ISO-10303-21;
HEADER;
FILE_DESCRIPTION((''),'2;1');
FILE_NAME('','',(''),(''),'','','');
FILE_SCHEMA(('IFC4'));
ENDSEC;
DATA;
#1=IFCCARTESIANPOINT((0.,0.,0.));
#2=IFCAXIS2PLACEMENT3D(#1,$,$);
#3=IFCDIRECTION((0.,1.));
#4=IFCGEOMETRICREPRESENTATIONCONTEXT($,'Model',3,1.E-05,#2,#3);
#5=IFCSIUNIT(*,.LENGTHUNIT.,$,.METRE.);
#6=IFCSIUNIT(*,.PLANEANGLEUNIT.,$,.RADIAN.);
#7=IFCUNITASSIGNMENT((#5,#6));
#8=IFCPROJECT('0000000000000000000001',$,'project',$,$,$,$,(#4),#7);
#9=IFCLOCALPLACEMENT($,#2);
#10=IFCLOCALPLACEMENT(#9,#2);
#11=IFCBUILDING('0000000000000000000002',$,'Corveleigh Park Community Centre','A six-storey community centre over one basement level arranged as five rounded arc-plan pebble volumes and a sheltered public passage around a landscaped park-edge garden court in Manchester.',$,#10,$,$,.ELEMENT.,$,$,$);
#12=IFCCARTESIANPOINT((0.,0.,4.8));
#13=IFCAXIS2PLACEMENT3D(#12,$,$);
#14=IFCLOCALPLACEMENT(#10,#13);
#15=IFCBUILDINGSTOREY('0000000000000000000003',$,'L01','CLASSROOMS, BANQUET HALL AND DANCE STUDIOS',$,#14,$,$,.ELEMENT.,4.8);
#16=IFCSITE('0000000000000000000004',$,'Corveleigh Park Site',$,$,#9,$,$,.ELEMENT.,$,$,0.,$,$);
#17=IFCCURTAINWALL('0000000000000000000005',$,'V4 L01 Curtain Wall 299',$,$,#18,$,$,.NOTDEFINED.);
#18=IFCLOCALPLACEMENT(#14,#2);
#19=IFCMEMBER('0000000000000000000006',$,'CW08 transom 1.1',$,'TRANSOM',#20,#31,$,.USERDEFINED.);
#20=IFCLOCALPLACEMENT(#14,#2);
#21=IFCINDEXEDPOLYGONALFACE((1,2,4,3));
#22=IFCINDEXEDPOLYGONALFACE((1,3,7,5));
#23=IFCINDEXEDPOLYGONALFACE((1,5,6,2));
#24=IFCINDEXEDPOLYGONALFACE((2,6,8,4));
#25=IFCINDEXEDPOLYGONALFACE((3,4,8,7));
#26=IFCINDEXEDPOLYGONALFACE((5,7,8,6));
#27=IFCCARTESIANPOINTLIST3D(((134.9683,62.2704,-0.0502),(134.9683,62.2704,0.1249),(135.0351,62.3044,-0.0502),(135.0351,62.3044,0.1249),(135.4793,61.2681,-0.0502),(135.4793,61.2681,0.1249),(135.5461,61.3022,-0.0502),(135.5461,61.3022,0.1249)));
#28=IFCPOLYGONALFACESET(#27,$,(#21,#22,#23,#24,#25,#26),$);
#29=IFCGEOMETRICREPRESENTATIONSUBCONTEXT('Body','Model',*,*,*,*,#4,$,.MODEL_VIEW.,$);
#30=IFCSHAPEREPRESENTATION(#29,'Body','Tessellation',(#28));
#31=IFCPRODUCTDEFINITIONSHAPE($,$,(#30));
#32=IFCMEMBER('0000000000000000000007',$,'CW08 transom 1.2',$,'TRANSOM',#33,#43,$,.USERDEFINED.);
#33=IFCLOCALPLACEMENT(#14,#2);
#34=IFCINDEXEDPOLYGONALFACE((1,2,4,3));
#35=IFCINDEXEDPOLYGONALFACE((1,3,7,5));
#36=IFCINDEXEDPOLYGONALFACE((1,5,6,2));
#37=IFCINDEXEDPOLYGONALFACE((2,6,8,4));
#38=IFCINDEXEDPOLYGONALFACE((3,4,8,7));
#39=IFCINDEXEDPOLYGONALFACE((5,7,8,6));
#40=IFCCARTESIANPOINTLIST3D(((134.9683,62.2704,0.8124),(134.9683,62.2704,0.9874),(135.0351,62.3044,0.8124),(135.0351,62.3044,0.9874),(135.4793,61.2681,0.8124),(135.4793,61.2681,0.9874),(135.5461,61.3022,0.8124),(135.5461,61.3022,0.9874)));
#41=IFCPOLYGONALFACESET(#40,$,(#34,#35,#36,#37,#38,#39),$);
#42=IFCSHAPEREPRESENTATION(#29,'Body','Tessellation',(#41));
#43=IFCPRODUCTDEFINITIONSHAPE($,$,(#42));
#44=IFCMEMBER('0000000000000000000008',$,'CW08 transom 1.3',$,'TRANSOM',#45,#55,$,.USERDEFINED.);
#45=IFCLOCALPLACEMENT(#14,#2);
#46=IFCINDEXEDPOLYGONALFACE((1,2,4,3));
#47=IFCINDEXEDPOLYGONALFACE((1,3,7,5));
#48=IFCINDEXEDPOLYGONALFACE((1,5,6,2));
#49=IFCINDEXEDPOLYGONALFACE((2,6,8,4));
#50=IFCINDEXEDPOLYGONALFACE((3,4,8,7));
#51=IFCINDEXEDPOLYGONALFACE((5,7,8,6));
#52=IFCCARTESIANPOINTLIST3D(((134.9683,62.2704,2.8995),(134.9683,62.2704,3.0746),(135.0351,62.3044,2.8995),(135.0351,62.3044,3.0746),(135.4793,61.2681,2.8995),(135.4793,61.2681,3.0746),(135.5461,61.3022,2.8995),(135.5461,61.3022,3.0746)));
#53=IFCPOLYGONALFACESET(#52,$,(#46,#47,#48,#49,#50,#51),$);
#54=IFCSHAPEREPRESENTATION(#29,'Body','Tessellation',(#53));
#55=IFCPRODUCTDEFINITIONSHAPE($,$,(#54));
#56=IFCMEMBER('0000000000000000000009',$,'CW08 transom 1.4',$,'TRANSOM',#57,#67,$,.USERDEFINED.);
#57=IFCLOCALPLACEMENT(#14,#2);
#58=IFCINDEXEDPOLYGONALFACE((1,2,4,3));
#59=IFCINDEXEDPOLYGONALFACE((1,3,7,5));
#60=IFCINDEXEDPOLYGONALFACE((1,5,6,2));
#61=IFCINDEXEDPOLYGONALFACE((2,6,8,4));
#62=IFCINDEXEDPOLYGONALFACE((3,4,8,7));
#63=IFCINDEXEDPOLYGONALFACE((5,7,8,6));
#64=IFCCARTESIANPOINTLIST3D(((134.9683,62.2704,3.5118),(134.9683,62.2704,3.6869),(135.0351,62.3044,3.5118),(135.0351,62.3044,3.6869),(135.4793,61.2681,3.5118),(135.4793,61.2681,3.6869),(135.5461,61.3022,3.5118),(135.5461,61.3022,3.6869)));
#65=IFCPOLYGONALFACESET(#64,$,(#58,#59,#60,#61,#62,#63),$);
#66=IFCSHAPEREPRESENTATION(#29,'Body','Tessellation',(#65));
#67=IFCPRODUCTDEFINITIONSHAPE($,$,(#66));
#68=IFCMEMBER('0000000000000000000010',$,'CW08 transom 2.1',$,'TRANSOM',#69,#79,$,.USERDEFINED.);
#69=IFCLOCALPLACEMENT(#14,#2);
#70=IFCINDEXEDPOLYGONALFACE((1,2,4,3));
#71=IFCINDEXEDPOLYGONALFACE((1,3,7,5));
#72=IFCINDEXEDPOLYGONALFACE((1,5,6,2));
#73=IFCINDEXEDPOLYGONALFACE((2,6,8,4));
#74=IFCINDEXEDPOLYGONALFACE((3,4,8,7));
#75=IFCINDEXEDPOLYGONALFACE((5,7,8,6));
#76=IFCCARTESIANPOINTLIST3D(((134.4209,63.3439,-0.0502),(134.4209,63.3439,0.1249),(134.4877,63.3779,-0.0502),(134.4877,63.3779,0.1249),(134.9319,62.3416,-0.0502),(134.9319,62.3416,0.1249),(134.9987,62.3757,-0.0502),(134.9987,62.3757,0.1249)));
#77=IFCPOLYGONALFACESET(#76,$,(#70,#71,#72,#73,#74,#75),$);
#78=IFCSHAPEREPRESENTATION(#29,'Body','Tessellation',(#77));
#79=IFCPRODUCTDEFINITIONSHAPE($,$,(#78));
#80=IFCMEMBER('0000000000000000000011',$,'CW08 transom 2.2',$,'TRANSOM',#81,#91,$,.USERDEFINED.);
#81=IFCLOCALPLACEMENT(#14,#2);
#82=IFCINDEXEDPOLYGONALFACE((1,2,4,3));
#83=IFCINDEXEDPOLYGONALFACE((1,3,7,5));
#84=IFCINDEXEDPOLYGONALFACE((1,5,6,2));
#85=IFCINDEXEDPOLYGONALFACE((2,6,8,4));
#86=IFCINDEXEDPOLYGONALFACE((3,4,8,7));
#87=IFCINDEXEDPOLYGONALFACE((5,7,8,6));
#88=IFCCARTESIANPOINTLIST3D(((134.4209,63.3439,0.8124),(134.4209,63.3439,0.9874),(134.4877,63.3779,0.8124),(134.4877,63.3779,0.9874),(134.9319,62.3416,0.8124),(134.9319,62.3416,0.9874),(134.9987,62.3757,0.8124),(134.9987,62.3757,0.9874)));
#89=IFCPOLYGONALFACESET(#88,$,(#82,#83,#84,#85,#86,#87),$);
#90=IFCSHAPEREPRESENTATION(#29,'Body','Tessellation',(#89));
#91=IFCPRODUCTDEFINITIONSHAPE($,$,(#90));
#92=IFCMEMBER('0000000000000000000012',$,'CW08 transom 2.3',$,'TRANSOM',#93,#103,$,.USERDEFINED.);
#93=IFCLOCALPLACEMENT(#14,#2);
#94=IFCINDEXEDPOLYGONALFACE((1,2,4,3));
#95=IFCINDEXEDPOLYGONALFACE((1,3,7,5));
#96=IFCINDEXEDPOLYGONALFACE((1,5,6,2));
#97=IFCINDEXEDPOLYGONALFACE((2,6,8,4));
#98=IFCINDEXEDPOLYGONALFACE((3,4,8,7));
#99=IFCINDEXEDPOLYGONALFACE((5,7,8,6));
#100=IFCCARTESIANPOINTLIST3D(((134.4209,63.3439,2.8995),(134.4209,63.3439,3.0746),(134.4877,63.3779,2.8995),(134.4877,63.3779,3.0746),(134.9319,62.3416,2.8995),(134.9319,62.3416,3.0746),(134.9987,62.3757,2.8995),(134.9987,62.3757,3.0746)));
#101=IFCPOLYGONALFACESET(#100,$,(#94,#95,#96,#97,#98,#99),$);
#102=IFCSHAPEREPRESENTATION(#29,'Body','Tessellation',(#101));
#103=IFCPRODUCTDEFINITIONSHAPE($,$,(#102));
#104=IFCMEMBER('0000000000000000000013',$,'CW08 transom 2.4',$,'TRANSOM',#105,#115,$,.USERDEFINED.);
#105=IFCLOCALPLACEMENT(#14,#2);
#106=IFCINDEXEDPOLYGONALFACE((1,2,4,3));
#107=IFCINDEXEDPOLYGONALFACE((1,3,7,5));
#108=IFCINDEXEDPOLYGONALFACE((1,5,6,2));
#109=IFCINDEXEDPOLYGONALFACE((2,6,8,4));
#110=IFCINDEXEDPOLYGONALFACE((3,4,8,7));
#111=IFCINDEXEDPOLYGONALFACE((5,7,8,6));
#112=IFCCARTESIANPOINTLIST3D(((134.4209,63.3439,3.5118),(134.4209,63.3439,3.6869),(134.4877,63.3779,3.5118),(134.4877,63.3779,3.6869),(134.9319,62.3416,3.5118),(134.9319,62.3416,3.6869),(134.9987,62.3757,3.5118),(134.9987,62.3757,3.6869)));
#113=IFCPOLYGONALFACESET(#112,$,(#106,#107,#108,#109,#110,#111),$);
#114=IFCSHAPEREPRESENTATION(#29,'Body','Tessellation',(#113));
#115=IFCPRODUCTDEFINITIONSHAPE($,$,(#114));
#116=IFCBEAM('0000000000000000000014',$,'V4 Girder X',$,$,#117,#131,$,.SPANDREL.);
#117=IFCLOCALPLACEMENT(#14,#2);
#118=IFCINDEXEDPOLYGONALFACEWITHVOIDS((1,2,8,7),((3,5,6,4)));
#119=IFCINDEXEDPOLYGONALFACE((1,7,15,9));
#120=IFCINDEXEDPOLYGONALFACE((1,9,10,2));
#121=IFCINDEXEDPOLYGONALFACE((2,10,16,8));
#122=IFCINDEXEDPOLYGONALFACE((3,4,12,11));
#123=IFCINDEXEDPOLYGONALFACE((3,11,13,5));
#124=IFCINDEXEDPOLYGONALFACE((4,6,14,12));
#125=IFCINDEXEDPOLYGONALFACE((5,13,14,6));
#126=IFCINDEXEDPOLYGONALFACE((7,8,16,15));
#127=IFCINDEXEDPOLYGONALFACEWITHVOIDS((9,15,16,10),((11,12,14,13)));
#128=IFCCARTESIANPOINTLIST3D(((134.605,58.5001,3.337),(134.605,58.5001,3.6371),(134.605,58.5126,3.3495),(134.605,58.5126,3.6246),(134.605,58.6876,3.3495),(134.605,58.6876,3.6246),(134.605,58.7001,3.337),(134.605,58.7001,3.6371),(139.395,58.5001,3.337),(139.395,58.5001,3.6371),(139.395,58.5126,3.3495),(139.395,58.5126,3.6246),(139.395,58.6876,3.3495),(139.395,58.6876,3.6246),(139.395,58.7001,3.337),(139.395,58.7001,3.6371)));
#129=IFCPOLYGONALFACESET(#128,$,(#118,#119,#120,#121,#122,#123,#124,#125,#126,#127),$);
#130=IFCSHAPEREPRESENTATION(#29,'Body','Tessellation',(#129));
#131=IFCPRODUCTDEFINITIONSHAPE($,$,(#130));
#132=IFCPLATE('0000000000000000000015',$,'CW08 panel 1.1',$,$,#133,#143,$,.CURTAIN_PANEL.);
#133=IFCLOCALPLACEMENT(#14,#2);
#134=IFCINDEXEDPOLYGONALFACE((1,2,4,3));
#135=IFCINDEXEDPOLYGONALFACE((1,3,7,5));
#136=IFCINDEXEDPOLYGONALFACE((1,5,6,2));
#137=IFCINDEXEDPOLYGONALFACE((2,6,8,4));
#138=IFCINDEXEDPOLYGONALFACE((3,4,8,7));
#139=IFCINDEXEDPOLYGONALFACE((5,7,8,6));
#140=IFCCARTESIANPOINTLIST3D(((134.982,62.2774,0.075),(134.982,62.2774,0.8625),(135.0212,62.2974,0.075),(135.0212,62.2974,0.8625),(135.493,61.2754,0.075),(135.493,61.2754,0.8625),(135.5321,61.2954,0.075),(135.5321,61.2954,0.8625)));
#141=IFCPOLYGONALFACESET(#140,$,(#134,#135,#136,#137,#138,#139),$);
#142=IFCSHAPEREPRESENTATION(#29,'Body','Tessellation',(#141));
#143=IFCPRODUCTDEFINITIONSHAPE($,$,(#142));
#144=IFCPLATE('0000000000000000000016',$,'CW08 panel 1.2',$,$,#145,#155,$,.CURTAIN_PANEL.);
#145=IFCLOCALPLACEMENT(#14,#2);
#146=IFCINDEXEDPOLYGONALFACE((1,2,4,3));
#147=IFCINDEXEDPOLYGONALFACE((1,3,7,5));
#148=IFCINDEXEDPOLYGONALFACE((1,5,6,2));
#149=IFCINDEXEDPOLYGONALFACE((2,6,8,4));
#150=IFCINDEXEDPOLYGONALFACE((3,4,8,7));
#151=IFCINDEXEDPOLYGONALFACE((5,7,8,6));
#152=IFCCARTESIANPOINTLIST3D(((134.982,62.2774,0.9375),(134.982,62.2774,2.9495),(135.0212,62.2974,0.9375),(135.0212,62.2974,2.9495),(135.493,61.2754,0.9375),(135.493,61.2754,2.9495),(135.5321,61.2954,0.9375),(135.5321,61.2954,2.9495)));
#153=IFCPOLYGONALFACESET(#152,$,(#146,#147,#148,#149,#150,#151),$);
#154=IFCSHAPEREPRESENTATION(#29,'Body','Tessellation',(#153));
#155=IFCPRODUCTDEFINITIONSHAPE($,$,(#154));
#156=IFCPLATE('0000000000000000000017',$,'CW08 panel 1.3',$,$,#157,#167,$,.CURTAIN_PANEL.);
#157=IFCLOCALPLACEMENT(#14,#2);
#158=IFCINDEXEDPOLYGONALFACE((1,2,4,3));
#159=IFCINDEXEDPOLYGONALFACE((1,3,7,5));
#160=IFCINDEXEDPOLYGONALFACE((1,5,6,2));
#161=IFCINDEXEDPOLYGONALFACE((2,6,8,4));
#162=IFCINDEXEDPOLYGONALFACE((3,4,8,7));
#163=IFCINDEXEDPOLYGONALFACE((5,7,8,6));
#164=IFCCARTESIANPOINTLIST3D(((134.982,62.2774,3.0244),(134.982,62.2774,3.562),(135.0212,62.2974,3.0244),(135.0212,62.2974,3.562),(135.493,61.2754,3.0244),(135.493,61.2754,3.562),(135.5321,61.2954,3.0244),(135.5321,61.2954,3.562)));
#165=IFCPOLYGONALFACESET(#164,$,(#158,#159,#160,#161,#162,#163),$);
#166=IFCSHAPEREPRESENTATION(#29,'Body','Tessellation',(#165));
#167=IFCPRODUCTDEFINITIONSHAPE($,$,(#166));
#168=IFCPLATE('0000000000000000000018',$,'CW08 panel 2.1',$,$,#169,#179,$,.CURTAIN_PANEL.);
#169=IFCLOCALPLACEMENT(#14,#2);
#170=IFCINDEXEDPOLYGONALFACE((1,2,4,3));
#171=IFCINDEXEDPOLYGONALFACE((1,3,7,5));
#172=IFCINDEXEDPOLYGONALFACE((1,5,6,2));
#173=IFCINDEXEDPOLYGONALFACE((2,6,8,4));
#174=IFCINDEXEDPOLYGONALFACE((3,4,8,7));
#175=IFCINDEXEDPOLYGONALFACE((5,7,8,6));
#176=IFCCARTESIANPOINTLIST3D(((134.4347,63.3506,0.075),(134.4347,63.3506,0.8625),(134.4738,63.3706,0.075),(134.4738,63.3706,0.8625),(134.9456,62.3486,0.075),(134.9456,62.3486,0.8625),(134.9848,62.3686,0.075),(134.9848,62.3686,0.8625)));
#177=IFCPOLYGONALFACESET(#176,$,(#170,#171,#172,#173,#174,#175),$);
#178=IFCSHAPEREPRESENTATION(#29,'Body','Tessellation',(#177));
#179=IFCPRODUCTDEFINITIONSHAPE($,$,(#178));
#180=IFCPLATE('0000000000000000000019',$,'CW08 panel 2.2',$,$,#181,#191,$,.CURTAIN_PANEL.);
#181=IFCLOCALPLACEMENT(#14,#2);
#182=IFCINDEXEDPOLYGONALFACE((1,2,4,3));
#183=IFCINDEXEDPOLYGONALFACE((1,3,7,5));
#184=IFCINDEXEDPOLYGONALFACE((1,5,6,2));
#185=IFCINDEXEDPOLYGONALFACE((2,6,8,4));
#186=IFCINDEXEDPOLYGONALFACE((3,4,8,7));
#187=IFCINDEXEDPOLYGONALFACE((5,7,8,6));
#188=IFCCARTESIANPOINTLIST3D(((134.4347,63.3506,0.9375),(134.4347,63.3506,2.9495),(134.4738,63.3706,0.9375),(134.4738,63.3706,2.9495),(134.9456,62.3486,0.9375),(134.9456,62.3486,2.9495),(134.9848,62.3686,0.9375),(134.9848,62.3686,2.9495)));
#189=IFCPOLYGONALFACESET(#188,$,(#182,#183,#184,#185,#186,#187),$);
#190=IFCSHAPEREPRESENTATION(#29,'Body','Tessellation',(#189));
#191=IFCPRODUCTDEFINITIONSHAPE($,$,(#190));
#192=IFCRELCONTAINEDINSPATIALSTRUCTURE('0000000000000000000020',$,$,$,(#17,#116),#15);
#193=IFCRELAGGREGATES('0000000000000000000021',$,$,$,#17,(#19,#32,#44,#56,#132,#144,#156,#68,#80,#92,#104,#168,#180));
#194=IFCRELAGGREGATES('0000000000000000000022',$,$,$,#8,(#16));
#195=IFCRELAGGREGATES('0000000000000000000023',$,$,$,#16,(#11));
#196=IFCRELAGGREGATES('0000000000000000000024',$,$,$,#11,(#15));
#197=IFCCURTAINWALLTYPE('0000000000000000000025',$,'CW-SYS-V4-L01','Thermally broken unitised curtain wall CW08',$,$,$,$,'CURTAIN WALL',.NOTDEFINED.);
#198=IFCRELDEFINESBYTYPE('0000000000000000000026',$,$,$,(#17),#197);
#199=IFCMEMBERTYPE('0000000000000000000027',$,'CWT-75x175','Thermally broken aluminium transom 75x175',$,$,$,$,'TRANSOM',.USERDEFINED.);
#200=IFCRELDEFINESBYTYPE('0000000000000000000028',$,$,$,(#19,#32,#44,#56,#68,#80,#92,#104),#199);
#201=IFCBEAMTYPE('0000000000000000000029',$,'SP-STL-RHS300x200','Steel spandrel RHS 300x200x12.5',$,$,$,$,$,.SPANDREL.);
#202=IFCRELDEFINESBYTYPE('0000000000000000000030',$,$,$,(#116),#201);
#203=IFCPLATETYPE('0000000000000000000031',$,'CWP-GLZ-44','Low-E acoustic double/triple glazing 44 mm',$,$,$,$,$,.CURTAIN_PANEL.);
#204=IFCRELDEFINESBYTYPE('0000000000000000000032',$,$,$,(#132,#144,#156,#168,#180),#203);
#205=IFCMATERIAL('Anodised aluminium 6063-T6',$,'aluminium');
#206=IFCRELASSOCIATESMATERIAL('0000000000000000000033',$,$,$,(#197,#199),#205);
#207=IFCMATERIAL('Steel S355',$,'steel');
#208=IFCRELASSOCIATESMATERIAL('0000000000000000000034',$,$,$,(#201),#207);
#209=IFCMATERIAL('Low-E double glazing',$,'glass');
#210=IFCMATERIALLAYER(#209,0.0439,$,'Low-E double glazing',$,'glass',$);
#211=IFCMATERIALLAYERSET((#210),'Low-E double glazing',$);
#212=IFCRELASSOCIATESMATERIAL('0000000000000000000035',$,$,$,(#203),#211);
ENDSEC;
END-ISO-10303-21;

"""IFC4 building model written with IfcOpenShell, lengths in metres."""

from ifc_helpers import new_model, si_unit, direction, frame, origin, origin_2d, place, context, subcontext, project, spatial, rectangle, hollow_rectangle, extrude, material, layer, layer_set, material_profile, profile_set, type_object, element, aggregate, save


model = new_model("IFC4")

# Units and contexts
model_context = context("Model", 3, precision=1e-05, world=origin(), true_north=direction((0.0, 1.0)))
body_context = subcontext(model_context, "Body", "Model", "MODEL_VIEW")
ifc_project = project(units=[si_unit("LENGTHUNIT", "METRE"), si_unit("PLANEANGLEUNIT", "RADIAN")], contexts=[model_context])

# Site, building, storey
site_placement = place(None, origin())
site = spatial("IfcSite", under=ifc_project, at=site_placement, Name="Corveleigh Park Site", CompositionType="ELEMENT", RefElevation=0.0)
building_placement = place(site_placement, origin())
building = spatial("IfcBuilding", under=site, at=building_placement, Name="Corveleigh Park Community Centre", Description="A six-storey community centre over one basement level arranged as five rounded arc-plan pebble volumes and a sheltered public passage around a landscaped park-edge garden court in Manchester.", CompositionType="ELEMENT")
storey_placement = place(building_placement, frame((0.0, 0.0, 4.8)))
storey = spatial("IfcBuildingStorey", under=building, at=storey_placement, Name="L01", Description="CLASSROOMS, BANQUET HALL AND DANCE STUDIOS", CompositionType="ELEMENT", Elevation=4.8)

# Shared definitions
ifc_material_1 = material(Name="Steel S355", Category="steel")

# Curtain wall
ifc_material_2 = material(Name="Anodised aluminium 6063-T6", Category="aluminium")
curtain_wall_type = type_object("IfcCurtainWallType", Name="CW-SYS-V4-L01", Description="Thermally broken unitised curtain wall CW08", ElementType="CURTAIN WALL", PredefinedType="NOTDEFINED", material=ifc_material_2)
curtain_wall_1_placement = place(storey_placement, origin())
curtain_wall_1 = element("IfcCurtainWall", 1, at=curtain_wall_1_placement, inside=storey, type_object=curtain_wall_type, Name="V4 L01 Curtain Wall 299", PredefinedType="NOTDEFINED")

# Members
ifc_material_profile_1 = material_profile(ifc_material_2, rectangle(XDim=0.075, YDim=0.175, at=origin_2d()), Name="ALU-T75x175", Category="aluminium")
ifc_profile_set_1 = profile_set([ifc_material_profile_1], Name="Anodised aluminium 6063-T6")
member_type_1 = type_object("IfcMemberType", Name="CWT-75x175", Description="Thermally broken aluminium transom 75x175", ElementType="TRANSOM", PredefinedType="USERDEFINED", material=ifc_profile_set_1)
member_1_placement = place(storey_placement, frame((135.5127, 61.2852, 0.0374), z_axis=(-0.454231, 0.890884, 0.0), x_axis=(-0.890884, -0.454231, 0.0)))
member_1 = element("IfcMember", 2, at=member_1_placement, type_object=member_type_1, Name="CW08 transom 1.1", ObjectType="TRANSOM", PredefinedType="USERDEFINED", context=body_context, shape_type="SweptSolid", body=[
    extrude(rectangle(XDim=0.075, YDim=0.175, at=origin_2d()), origin(), (0.0, 0.0, 1.0), 1.125),
])
member_2_placement = place(storey_placement, frame((135.5127, 61.2852, 0.8999), z_axis=(-0.454231, 0.890884, 0.0), x_axis=(-0.890884, -0.454231, 0.0)))
member_2 = element("IfcMember", 3, at=member_2_placement, type_object=member_type_1, Name="CW08 transom 1.2", ObjectType="TRANSOM", PredefinedType="USERDEFINED", context=body_context, shape_type="SweptSolid", body=[
    extrude(rectangle(XDim=0.075, YDim=0.175, at=origin_2d()), origin(), (0.0, 0.0, 1.0), 1.125),
])
member_3_placement = place(storey_placement, frame((135.5127, 61.2852, 2.9871), z_axis=(-0.454231, 0.890884, 0.0), x_axis=(-0.890884, -0.454231, 0.0)))
member_3 = element("IfcMember", 4, at=member_3_placement, type_object=member_type_1, Name="CW08 transom 1.3", ObjectType="TRANSOM", PredefinedType="USERDEFINED", context=body_context, shape_type="SweptSolid", body=[
    extrude(rectangle(XDim=0.075, YDim=0.175, at=origin_2d()), origin(), (0.0, 0.0, 1.0), 1.125),
])
member_4_placement = place(storey_placement, frame((135.5127, 61.2852, 3.5994), z_axis=(-0.454231, 0.890884, 0.0), x_axis=(-0.890884, -0.454231, 0.0)))
member_4 = element("IfcMember", 5, at=member_4_placement, type_object=member_type_1, Name="CW08 transom 1.4", ObjectType="TRANSOM", PredefinedType="USERDEFINED", context=body_context, shape_type="SweptSolid", body=[
    extrude(rectangle(XDim=0.075, YDim=0.175, at=origin_2d()), origin(), (0.0, 0.0, 1.0), 1.125),
])
member_5_placement = place(storey_placement, frame((134.9653, 62.3586, 0.0374), z_axis=(-0.454231, 0.890884, 0.0), x_axis=(-0.890884, -0.454231, 0.0)))
member_5 = element("IfcMember", 6, at=member_5_placement, type_object=member_type_1, Name="CW08 transom 2.1", ObjectType="TRANSOM", PredefinedType="USERDEFINED", context=body_context, shape_type="SweptSolid", body=[
    extrude(rectangle(XDim=0.075, YDim=0.175, at=origin_2d()), origin(), (0.0, 0.0, 1.0), 1.125),
])
member_6_placement = place(storey_placement, frame((134.9653, 62.3586, 0.8999), z_axis=(-0.454231, 0.890884, 0.0), x_axis=(-0.890884, -0.454231, 0.0)))
member_6 = element("IfcMember", 7, at=member_6_placement, type_object=member_type_1, Name="CW08 transom 2.2", ObjectType="TRANSOM", PredefinedType="USERDEFINED", context=body_context, shape_type="SweptSolid", body=[
    extrude(rectangle(XDim=0.075, YDim=0.175, at=origin_2d()), origin(), (0.0, 0.0, 1.0), 1.125),
])
member_7_placement = place(storey_placement, frame((134.9653, 62.3586, 2.9871), z_axis=(-0.454231, 0.890884, 0.0), x_axis=(-0.890884, -0.454231, 0.0)))
member_7 = element("IfcMember", 8, at=member_7_placement, type_object=member_type_1, Name="CW08 transom 2.3", ObjectType="TRANSOM", PredefinedType="USERDEFINED", context=body_context, shape_type="SweptSolid", body=[
    extrude(rectangle(XDim=0.075, YDim=0.175, at=origin_2d()), origin(), (0.0, 0.0, 1.0), 1.125),
])
member_8_placement = place(storey_placement, frame((134.9653, 62.3586, 3.5994), z_axis=(-0.454231, 0.890884, 0.0), x_axis=(-0.890884, -0.454231, 0.0)))
member_8 = element("IfcMember", 9, at=member_8_placement, type_object=member_type_1, Name="CW08 transom 2.4", ObjectType="TRANSOM", PredefinedType="USERDEFINED", context=body_context, shape_type="SweptSolid", body=[
    extrude(rectangle(XDim=0.075, YDim=0.175, at=origin_2d()), origin(), (0.0, 0.0, 1.0), 1.125),
])

# Beam
ifc_material_profile_2 = material_profile(ifc_material_1, hollow_rectangle(XDim=0.2, YDim=0.3, WallThickness=0.0125, at=origin_2d()), Name="RHS 300x200x12.5", Category="steel")
ifc_profile_set_2 = profile_set([ifc_material_profile_2], Name="Steel S355")
beam_type_1 = type_object("IfcBeamType", Name="SP-STL-RHS300x200", Description="Steel spandrel RHS 300x200x12.5", PredefinedType="SPANDREL", material=ifc_profile_set_2)
beam_1_placement = place(storey_placement, frame((134.605, 58.6001, 3.4871), z_axis=(1.0, 0.0, 0.0), x_axis=(0.0, 1.0, 0.0)))
element("IfcBeam", 10, at=beam_1_placement, inside=storey, type_object=beam_type_1, Name="V4 Girder X", PredefinedType="SPANDREL", context=body_context, shape_type="SweptSolid", body=[
    extrude(hollow_rectangle(XDim=0.2, YDim=0.3, WallThickness=0.0125, at=origin_2d()), origin(), (0.0, 0.0, 1.0), 4.79),
])

# Plates
ifc_material_3 = material(Name="Low-E double glazing", Category="glass")
ifc_layer_1 = layer(ifc_material_3, 0.0439, Name="Low-E double glazing", Category="glass")
ifc_layer_set_1 = layer_set([ifc_layer_1], Name="Low-E double glazing")
plate_type = type_object("IfcPlateType", Name="CWP-GLZ-44", Description="Low-E acoustic double/triple glazing 44 mm", PredefinedType="CURTAIN_PANEL", material=ifc_layer_set_1)
plate_1_placement = place(storey_placement, frame((135.2571, 61.7864, 0.075), z_axis=(0.0, 0.0, 1.0), x_axis=(-0.454269, 0.890865, 0.0)))
plate_1 = element("IfcPlate", 11, at=plate_1_placement, type_object=plate_type, Name="CW08 panel 1.1", PredefinedType="CURTAIN_PANEL", context=body_context, shape_type="SweptSolid", body=[
    extrude(rectangle(XDim=1.1248, YDim=0.0439, at=origin_2d()), origin(), (0.0, 0.0, 1.0), 0.7876),
])
plate_2_placement = place(storey_placement, frame((135.2571, 61.7864, 0.9375), z_axis=(0.0, 0.0, 1.0), x_axis=(-0.454269, 0.890865, 0.0)))
plate_2 = element("IfcPlate", 12, at=plate_2_placement, type_object=plate_type, Name="CW08 panel 1.2", PredefinedType="CURTAIN_PANEL", context=body_context, shape_type="SweptSolid", body=[
    extrude(rectangle(XDim=1.1248, YDim=0.0439, at=origin_2d()), origin(), (0.0, 0.0, 1.0), 2.012),
])
plate_3_placement = place(storey_placement, frame((135.2571, 61.7864, 3.0244), z_axis=(0.0, 0.0, 1.0), x_axis=(-0.454269, 0.890865, 0.0)))
plate_3 = element("IfcPlate", 13, at=plate_3_placement, type_object=plate_type, Name="CW08 panel 1.3", PredefinedType="CURTAIN_PANEL", context=body_context, shape_type="SweptSolid", body=[
    extrude(rectangle(XDim=1.1248, YDim=0.0439, at=origin_2d()), origin(), (0.0, 0.0, 1.0), 0.5376),
])
plate_4_placement = place(storey_placement, frame((134.7097, 62.8596, 0.075), z_axis=(0.0, 0.0, 1.0), x_axis=(-0.454269, 0.890865, 0.0)))
plate_4 = element("IfcPlate", 14, at=plate_4_placement, type_object=plate_type, Name="CW08 panel 2.1", PredefinedType="CURTAIN_PANEL", context=body_context, shape_type="SweptSolid", body=[
    extrude(rectangle(XDim=1.1248, YDim=0.0439, at=origin_2d()), origin(), (0.0, 0.0, 1.0), 0.7876),
])
plate_5_placement = place(storey_placement, frame((134.7097, 62.8596, 0.9375), z_axis=(0.0, 0.0, 1.0), x_axis=(-0.454269, 0.890865, 0.0)))
plate_5 = element("IfcPlate", 15, at=plate_5_placement, type_object=plate_type, Name="CW08 panel 2.2", PredefinedType="CURTAIN_PANEL", context=body_context, shape_type="SweptSolid", body=[
    extrude(rectangle(XDim=1.1248, YDim=0.0439, at=origin_2d()), origin(), (0.0, 0.0, 1.0), 2.012),
])
aggregate(curtain_wall_1, [member_1, member_2, member_3, member_4, plate_1, plate_2, plate_3, member_5, member_6, member_7, member_8, plate_4, plate_5])

save(model, "model.ifc")
